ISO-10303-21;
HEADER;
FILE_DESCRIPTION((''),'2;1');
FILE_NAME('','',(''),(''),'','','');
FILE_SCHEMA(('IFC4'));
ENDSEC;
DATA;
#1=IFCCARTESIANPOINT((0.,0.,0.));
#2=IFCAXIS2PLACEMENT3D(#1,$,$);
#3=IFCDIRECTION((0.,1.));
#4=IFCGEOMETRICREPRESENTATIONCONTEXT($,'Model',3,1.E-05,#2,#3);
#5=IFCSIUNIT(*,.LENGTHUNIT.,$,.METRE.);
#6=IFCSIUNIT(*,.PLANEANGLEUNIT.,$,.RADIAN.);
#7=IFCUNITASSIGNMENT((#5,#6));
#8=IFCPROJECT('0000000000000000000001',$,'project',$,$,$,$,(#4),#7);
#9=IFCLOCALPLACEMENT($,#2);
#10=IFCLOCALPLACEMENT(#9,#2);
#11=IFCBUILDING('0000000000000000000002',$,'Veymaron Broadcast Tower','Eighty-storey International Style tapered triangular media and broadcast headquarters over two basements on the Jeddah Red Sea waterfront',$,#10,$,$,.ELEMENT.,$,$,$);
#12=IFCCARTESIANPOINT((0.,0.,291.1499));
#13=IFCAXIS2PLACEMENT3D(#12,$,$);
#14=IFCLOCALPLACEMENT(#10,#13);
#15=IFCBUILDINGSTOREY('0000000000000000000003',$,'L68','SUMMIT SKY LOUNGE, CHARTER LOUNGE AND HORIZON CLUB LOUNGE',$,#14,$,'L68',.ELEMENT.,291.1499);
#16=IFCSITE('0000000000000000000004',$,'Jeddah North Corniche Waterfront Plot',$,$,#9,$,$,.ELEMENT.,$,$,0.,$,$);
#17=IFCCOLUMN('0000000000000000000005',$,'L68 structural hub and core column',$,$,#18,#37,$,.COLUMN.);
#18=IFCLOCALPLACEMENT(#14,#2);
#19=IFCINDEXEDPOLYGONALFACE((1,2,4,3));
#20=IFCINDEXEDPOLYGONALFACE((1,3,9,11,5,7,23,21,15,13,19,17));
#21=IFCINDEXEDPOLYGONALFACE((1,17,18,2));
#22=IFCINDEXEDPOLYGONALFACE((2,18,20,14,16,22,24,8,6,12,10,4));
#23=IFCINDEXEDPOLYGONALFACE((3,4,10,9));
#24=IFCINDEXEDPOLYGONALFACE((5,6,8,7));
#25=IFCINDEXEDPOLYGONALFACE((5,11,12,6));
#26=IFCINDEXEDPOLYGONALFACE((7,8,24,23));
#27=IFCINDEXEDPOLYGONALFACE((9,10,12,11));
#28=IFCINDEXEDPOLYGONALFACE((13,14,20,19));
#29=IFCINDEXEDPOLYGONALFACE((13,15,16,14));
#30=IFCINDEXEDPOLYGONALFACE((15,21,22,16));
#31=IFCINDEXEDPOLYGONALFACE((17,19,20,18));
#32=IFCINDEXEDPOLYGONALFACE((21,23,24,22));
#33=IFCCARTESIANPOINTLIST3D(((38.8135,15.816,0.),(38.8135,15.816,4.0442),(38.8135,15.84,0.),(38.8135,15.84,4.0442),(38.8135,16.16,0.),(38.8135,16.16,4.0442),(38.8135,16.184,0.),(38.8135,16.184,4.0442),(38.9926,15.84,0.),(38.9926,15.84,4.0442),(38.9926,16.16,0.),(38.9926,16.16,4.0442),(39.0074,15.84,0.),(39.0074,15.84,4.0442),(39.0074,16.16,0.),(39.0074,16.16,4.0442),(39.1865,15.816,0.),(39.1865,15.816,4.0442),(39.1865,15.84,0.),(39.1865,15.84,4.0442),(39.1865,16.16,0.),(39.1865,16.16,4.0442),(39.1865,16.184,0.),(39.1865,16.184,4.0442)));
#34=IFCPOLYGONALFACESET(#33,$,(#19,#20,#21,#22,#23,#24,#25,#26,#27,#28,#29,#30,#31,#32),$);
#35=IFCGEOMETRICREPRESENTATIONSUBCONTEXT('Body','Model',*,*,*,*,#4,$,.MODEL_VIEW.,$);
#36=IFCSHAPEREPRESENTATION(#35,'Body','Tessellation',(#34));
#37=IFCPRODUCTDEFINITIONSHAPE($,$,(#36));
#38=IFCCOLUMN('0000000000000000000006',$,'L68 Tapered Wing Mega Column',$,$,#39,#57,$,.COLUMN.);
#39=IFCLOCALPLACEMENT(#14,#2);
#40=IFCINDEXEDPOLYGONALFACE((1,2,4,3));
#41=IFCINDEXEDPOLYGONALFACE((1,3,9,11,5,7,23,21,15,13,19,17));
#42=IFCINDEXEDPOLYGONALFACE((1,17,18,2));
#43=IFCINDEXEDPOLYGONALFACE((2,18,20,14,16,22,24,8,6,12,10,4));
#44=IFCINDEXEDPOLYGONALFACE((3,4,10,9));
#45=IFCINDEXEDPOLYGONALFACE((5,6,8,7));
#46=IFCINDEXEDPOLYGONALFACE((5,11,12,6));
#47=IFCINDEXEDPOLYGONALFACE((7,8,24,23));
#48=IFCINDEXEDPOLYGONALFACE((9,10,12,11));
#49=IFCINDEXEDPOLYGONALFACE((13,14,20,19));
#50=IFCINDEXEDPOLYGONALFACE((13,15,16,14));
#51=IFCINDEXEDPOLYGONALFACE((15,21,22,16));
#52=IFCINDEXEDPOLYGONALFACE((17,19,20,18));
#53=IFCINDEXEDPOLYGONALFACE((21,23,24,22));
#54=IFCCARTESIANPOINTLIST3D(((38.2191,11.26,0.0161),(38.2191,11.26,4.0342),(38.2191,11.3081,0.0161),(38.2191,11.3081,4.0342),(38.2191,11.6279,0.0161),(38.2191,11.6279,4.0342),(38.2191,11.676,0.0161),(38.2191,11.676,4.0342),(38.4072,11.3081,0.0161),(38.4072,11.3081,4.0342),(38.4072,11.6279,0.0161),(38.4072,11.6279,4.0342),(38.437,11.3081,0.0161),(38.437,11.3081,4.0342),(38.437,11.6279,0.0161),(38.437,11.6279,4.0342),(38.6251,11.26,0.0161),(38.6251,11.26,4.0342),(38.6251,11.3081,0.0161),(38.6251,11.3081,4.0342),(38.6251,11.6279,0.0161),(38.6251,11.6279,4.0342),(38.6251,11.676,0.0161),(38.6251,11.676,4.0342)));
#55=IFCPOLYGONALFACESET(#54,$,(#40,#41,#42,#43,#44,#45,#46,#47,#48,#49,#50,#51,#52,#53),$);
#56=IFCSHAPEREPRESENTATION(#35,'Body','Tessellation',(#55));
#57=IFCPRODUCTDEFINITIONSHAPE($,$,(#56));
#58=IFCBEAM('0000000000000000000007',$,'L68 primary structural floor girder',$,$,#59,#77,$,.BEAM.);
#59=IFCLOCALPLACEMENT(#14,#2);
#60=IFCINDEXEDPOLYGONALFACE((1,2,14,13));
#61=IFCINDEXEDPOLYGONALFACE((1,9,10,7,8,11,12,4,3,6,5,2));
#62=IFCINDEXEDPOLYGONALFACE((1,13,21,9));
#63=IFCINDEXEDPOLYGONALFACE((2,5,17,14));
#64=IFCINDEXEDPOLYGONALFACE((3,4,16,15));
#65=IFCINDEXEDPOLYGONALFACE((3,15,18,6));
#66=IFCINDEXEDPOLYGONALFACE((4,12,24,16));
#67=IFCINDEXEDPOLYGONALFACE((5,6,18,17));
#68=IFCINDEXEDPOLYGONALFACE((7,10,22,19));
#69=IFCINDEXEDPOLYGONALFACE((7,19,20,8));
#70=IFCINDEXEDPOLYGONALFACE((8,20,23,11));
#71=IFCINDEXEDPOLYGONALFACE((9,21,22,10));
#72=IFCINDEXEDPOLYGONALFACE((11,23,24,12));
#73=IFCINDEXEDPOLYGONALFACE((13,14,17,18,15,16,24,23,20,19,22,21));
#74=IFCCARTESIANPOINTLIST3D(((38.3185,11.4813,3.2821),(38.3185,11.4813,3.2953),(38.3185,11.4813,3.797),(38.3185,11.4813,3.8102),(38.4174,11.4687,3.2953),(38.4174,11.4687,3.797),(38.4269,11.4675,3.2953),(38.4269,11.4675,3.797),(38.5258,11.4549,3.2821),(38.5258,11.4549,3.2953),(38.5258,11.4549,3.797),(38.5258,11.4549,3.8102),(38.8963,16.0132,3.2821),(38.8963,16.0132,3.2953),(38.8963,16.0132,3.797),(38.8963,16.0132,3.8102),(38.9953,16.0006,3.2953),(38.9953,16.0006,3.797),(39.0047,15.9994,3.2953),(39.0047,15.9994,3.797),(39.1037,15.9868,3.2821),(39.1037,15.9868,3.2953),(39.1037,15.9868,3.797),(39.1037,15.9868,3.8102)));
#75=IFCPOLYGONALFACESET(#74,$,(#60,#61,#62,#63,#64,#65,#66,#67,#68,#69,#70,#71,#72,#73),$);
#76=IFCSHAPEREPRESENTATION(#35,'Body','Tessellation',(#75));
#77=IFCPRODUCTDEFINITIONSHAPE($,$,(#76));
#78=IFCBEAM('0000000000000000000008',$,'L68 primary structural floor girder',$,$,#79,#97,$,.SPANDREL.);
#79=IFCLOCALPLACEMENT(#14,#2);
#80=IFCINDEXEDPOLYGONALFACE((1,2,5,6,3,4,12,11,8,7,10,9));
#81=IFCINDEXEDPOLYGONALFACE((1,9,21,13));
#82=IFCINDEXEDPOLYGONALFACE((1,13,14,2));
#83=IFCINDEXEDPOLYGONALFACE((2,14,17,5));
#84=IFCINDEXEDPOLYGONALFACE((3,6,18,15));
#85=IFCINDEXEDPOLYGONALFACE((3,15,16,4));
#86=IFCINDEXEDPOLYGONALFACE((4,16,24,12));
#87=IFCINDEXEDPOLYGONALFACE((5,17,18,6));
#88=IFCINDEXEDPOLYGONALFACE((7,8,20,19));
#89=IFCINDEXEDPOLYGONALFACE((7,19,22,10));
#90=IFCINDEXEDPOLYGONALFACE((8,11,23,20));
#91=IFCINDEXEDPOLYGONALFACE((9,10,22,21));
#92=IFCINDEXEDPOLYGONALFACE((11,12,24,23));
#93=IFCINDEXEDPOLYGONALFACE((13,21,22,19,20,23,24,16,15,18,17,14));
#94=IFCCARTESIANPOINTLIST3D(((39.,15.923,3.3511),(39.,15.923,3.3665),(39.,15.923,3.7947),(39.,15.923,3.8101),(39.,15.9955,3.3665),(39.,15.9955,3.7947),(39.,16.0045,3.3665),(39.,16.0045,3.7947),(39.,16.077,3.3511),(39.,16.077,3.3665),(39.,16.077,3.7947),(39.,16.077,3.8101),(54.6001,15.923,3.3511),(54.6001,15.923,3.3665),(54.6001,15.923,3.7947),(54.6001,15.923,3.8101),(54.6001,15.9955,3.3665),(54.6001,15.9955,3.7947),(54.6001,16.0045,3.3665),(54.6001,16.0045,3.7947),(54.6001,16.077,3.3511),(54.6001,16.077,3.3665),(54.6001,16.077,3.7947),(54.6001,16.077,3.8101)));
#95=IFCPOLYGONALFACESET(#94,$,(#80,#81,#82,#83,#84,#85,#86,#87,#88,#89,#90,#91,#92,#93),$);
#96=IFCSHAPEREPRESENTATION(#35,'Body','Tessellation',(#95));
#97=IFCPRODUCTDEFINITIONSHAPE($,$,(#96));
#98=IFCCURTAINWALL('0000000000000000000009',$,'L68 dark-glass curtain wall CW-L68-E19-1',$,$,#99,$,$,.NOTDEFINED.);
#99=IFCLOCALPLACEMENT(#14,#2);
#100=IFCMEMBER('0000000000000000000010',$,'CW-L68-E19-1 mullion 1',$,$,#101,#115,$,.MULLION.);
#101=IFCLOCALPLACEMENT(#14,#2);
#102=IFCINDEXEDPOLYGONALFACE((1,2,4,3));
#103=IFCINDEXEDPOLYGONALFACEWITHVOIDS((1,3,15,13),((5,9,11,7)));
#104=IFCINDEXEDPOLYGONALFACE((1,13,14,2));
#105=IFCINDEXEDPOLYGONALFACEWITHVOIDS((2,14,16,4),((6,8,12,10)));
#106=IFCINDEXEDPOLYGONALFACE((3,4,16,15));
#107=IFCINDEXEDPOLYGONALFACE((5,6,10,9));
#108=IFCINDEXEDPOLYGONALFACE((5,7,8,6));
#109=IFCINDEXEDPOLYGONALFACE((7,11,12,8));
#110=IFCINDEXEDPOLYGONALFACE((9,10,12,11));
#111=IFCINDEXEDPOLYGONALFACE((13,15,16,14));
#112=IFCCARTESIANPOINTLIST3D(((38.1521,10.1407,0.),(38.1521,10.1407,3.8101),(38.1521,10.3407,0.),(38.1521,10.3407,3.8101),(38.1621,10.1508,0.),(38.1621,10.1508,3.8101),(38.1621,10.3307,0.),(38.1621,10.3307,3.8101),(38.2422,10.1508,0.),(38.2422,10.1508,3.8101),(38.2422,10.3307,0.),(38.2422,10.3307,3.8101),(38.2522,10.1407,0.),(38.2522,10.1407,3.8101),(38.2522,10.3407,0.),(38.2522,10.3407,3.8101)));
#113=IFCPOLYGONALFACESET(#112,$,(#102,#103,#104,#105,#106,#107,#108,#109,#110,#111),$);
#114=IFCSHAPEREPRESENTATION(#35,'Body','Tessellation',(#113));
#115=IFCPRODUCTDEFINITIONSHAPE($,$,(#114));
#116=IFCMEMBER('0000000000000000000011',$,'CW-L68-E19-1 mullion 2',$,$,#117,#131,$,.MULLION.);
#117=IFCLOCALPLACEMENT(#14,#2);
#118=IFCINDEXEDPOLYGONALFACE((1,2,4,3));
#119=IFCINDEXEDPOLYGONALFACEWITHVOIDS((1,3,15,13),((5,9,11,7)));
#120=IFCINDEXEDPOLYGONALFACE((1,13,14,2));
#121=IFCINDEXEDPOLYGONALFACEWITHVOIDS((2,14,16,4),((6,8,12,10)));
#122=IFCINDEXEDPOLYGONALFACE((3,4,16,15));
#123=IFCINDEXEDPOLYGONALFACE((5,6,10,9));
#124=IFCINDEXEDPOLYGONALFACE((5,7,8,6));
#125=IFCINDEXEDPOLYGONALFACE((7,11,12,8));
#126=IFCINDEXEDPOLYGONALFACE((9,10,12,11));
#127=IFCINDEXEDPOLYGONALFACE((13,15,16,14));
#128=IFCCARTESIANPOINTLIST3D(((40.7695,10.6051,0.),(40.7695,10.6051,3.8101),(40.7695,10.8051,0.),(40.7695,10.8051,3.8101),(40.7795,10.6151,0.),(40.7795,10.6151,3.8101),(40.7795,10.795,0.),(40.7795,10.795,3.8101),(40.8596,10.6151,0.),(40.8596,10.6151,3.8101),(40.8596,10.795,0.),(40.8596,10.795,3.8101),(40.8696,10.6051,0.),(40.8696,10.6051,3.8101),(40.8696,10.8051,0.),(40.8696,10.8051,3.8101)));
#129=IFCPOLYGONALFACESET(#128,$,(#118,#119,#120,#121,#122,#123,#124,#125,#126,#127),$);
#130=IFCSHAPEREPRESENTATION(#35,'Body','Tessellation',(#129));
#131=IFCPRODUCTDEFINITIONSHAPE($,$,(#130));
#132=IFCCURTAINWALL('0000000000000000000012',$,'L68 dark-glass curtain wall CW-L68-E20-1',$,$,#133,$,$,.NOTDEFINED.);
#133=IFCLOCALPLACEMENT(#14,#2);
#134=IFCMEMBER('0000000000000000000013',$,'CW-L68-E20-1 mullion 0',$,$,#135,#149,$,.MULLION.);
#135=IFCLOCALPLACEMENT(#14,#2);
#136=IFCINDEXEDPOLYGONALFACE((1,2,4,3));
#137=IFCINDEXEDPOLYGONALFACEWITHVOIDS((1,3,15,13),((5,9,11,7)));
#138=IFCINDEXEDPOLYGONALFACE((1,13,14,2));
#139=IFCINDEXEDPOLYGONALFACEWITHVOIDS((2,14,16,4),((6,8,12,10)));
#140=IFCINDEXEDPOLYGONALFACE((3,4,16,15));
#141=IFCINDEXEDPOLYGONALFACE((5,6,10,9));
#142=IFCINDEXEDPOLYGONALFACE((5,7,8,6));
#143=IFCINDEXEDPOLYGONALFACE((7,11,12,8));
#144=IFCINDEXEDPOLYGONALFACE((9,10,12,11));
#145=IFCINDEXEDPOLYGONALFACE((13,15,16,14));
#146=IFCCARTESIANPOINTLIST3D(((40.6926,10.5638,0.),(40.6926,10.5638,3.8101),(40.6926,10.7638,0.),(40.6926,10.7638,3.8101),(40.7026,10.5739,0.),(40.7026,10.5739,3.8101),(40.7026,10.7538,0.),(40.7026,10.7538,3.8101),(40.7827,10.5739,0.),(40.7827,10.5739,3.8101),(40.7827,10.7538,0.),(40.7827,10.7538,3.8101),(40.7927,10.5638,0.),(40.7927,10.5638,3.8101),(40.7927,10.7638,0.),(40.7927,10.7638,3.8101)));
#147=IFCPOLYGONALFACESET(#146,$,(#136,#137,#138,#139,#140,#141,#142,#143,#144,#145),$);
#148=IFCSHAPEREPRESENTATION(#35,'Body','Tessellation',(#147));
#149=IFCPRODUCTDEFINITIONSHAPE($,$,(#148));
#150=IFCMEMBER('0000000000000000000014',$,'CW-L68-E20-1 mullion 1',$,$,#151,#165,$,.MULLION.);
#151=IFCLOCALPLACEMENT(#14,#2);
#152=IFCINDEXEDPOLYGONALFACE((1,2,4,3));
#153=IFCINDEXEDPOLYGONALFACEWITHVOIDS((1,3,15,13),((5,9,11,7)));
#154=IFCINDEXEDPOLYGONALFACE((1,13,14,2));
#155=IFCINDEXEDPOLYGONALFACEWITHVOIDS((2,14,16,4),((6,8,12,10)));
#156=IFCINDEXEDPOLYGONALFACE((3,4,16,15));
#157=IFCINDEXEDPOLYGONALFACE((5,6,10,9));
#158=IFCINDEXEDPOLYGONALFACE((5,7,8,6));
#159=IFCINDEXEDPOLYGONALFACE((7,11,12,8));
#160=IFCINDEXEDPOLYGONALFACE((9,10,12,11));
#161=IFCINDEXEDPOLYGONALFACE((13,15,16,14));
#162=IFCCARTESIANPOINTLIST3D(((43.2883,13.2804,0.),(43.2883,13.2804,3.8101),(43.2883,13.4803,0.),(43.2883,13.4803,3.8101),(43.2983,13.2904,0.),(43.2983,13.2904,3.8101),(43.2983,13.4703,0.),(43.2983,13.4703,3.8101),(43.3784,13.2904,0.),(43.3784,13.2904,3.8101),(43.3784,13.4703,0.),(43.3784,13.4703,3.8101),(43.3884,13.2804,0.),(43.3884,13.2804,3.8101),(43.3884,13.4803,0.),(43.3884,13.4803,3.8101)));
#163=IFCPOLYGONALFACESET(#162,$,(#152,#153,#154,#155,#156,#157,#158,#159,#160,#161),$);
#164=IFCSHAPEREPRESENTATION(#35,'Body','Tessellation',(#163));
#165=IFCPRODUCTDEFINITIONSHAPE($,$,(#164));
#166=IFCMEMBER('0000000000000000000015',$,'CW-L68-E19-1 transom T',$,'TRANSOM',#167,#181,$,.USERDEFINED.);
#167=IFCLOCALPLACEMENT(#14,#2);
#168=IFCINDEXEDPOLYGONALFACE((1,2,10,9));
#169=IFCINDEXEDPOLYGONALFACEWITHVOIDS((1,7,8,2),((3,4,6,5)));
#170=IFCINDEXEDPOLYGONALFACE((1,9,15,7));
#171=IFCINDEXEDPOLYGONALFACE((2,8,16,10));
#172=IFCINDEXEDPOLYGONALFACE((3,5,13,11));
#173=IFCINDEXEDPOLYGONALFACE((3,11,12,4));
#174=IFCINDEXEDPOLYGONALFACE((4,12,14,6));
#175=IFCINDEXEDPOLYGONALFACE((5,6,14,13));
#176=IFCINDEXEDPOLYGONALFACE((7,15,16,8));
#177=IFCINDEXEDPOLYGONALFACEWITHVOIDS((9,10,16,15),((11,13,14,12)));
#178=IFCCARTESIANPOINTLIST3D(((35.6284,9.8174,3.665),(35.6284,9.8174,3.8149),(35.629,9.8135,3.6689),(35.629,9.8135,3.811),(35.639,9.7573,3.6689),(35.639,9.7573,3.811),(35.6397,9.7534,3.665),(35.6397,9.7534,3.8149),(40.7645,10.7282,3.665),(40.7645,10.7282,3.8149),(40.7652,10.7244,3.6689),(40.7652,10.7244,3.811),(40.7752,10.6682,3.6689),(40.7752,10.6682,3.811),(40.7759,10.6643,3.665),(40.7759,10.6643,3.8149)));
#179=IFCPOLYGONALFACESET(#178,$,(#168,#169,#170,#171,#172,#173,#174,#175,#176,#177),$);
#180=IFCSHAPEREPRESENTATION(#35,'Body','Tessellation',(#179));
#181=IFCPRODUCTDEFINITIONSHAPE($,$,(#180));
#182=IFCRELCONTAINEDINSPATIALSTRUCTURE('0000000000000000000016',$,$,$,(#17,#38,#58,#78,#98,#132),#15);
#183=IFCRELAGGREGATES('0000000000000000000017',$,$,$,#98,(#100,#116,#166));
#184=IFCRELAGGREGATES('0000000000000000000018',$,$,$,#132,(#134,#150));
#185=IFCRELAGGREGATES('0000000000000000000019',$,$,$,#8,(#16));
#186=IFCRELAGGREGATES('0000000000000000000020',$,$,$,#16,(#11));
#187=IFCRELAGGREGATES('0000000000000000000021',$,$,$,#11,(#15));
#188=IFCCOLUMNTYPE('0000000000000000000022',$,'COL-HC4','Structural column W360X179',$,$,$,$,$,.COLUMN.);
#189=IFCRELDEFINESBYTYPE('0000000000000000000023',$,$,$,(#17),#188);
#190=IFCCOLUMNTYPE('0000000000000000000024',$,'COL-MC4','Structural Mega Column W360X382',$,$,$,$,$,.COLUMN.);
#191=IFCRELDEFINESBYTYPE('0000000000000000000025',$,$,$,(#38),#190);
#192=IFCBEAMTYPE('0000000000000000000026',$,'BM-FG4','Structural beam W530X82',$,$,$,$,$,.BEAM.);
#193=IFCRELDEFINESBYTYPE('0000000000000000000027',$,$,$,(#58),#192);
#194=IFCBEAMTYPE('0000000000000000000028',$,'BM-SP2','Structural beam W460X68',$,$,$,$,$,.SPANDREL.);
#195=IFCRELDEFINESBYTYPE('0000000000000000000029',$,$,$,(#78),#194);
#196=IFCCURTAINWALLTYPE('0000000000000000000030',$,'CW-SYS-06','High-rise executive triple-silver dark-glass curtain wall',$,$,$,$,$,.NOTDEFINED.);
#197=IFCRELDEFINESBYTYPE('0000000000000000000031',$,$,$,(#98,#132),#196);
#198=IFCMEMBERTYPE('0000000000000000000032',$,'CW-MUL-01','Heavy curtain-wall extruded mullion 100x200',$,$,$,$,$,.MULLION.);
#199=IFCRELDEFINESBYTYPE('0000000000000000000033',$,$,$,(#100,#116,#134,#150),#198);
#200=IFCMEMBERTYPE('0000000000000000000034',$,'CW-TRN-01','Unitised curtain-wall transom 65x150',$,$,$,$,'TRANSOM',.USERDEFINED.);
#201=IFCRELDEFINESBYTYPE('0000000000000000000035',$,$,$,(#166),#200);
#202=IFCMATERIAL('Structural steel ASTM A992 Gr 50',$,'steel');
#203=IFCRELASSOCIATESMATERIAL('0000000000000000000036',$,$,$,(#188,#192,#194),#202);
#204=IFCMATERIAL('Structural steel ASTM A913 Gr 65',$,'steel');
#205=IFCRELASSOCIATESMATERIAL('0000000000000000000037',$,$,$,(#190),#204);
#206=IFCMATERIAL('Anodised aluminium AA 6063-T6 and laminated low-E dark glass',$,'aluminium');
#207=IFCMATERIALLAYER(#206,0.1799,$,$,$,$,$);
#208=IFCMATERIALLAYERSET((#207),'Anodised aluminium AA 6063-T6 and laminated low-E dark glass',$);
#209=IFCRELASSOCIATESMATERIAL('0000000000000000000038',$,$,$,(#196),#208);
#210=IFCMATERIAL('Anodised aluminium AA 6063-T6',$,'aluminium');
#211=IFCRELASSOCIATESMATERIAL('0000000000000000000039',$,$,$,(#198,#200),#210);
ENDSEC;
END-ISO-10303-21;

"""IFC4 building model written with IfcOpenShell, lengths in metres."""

from ifc_helpers import new_model, si_unit, direction, frame, origin, origin_2d, place, context, subcontext, project, spatial, hollow_rectangle, i_section, extrude, material, layer, layer_set, material_profile, profile_set, type_object, element, aggregate, save


model = new_model("IFC4")

# Units and contexts
model_context = context("Model", 3, precision=1e-05, world=origin(), true_north=direction((0.0, 1.0)))
body_context = subcontext(model_context, "Body", "Model", "MODEL_VIEW")
ifc_project = project(units=[si_unit("LENGTHUNIT", "METRE"), si_unit("PLANEANGLEUNIT", "RADIAN")], contexts=[model_context])

# Site, building, storey
site_placement = place(None, origin())
site = spatial("IfcSite", under=ifc_project, at=site_placement, Name="Jeddah North Corniche Waterfront Plot", CompositionType="ELEMENT", RefElevation=0.0)
building_placement = place(site_placement, origin())
building = spatial("IfcBuilding", under=site, at=building_placement, Name="Veymaron Broadcast Tower", Description="Eighty-storey International Style tapered triangular media and broadcast headquarters over two basements on the Jeddah Red Sea waterfront", CompositionType="ELEMENT")
storey_placement = place(building_placement, frame((0.0, 0.0, 291.1499)))
storey = spatial("IfcBuildingStorey", under=building, at=storey_placement, Name="L68", Description="SUMMIT SKY LOUNGE, CHARTER LOUNGE AND HORIZON CLUB LOUNGE", LongName="L68", CompositionType="ELEMENT", Elevation=291.1499)

# Columns
ifc_material_1 = material(Name="Structural steel ASTM A992 Gr 50", Category="steel")
ifc_material_profile_1 = material_profile(ifc_material_1, i_section(OverallWidth=0.373, OverallDepth=0.3679, WebThickness=0.0149, FlangeThickness=0.0239, at=origin_2d()), Name="W360X179")
ifc_profile_set_1 = profile_set([ifc_material_profile_1], Name="Structural steel ASTM A992 Gr 50")
column_type_1 = type_object("IfcColumnType", Name="COL-HC4", Description="Structural column W360X179", PredefinedType="COLUMN", material=ifc_profile_set_1)
column_1_placement = place(storey_placement, frame((39.0, 16.0, 0.0), z_axis=(0.0, 0.0, 1.0), x_axis=(1.0, 0.0, 0.0)))
element("IfcColumn", 1, at=column_1_placement, inside=storey, type_object=column_type_1, Name="L68 structural hub and core column", PredefinedType="COLUMN", context=body_context, shape_type="SweptSolid", body=[
    extrude(i_section(OverallWidth=0.373, OverallDepth=0.3679, WebThickness=0.0149, FlangeThickness=0.0239, at=origin_2d()), origin(), (0.0, 0.0, 1.0), 4.0442),
])
ifc_material_2 = material(Name="Structural steel ASTM A913 Gr 65", Category="steel")
ifc_material_profile_2 = material_profile(ifc_material_2, i_section(OverallWidth=0.406, OverallDepth=0.416, WebThickness=0.0298, FlangeThickness=0.0481, at=origin_2d()), Name="W360X382")
ifc_profile_set_2 = profile_set([ifc_material_profile_2], Name="Structural steel ASTM A913 Gr 65")
column_type_2 = type_object("IfcColumnType", Name="COL-MC4", Description="Structural Mega Column W360X382", PredefinedType="COLUMN", material=ifc_profile_set_2)
column_2_placement = place(storey_placement, frame((38.4221, 11.468, 0.0161), z_axis=(0.0, 0.0, 1.0), x_axis=(1.0, 0.0, 0.0)))
element("IfcColumn", 2, at=column_2_placement, inside=storey, type_object=column_type_2, Name="L68 Tapered Wing Mega Column", PredefinedType="COLUMN", context=body_context, shape_type="SweptSolid", body=[
    extrude(i_section(OverallWidth=0.406, OverallDepth=0.416, WebThickness=0.0298, FlangeThickness=0.0481, at=origin_2d()), origin(), (0.0, 0.0, 1.0), 4.0181),
])

# Beams
ifc_material_profile_3 = material_profile(ifc_material_1, i_section(OverallWidth=0.209, OverallDepth=0.5281, WebThickness=0.0095, FlangeThickness=0.0132, at=origin_2d()), Name="W530X82")
ifc_profile_set_3 = profile_set([ifc_material_profile_3], Name="Structural steel ASTM A992 Gr 50")
beam_type_1 = type_object("IfcBeamType", Name="BM-FG4", Description="Structural beam W530X82", PredefinedType="BEAM", material=ifc_profile_set_3)
beam_1_placement = place(storey_placement, frame((39.0, 16.0, 3.5461), z_axis=(-0.126488, -0.991968, 0.0), x_axis=(0.991968, -0.126488, 0.0)))
element("IfcBeam", 3, at=beam_1_placement, inside=storey, type_object=beam_type_1, Name="L68 primary structural floor girder", PredefinedType="BEAM", context=body_context, shape_type="SweptSolid", body=[
    extrude(i_section(OverallWidth=0.209, OverallDepth=0.5281, WebThickness=0.0095, FlangeThickness=0.0132, at=origin_2d()), origin(), (0.0, 0.0, 1.0), 4.5686),
])
ifc_material_profile_4 = material_profile(ifc_material_1, i_section(OverallWidth=0.1541, OverallDepth=0.459, WebThickness=0.009, FlangeThickness=0.0154, at=origin_2d()), Name="W460X68")
ifc_profile_set_4 = profile_set([ifc_material_profile_4], Name="Structural steel ASTM A992 Gr 50")
beam_type_2 = type_object("IfcBeamType", Name="BM-SP2", Description="Structural beam W460X68", PredefinedType="SPANDREL", material=ifc_profile_set_4)
beam_2_placement = place(storey_placement, frame((39.0, 16.0, 3.5806), z_axis=(1.0, 0.0, 0.0), x_axis=(0.0, 1.0, 0.0)))
element("IfcBeam", 4, at=beam_2_placement, inside=storey, type_object=beam_type_2, Name="L68 primary structural floor girder", PredefinedType="SPANDREL", context=body_context, shape_type="SweptSolid", body=[
    extrude(i_section(OverallWidth=0.1541, OverallDepth=0.459, WebThickness=0.009, FlangeThickness=0.0154, at=origin_2d()), origin(), (0.0, 0.0, 1.0), 15.6001),
])

# Curtain walls, members
ifc_material_3 = material(Name="Anodised aluminium AA 6063-T6 and laminated low-E dark glass", Category="aluminium")
ifc_layer_1 = layer(ifc_material_3, 0.1799)
ifc_layer_set_1 = layer_set([ifc_layer_1], Name="Anodised aluminium AA 6063-T6 and laminated low-E dark glass")
curtain_wall_type = type_object("IfcCurtainWallType", Name="CW-SYS-06", Description="High-rise executive triple-silver dark-glass curtain wall", PredefinedType="NOTDEFINED", material=ifc_layer_set_1)
curtain_wall_1_placement = place(storey_placement, origin())
curtain_wall_1 = element("IfcCurtainWall", 5, at=curtain_wall_1_placement, inside=storey, type_object=curtain_wall_type, Name="L68 dark-glass curtain wall CW-L68-E19-1", PredefinedType="NOTDEFINED")
ifc_material_4 = material(Name="Anodised aluminium AA 6063-T6", Category="aluminium")
ifc_material_profile_5 = material_profile(ifc_material_4, hollow_rectangle(XDim=0.1001, YDim=0.2, WallThickness=0.01, at=origin_2d()), Name="RHS200X100X10")
ifc_profile_set_5 = profile_set([ifc_material_profile_5], Name="Anodised aluminium AA 6063-T6")
member_type_1 = type_object("IfcMemberType", Name="CW-MUL-01", Description="Heavy curtain-wall extruded mullion 100x200", PredefinedType="MULLION", material=ifc_profile_set_5)
member_1_placement = place(storey_placement, frame((38.2021, 10.2407, 0.0), z_axis=(0.0, 0.0, 1.0), x_axis=(1.0, 0.0, 0.0)))
member_1 = element("IfcMember", 6, at=member_1_placement, type_object=member_type_1, Name="CW-L68-E19-1 mullion 1", PredefinedType="MULLION", context=body_context, shape_type="SweptSolid", body=[
    extrude(hollow_rectangle(XDim=0.1001, YDim=0.2, WallThickness=0.01, at=origin_2d()), origin(), (0.0, 0.0, 1.0), 3.8101),
])
member_2_placement = place(storey_placement, frame((40.8196, 10.7051, 0.0), z_axis=(0.0, 0.0, 1.0), x_axis=(1.0, 0.0, 0.0)))
member_2 = element("IfcMember", 7, at=member_2_placement, type_object=member_type_1, Name="CW-L68-E19-1 mullion 2", PredefinedType="MULLION", context=body_context, shape_type="SweptSolid", body=[
    extrude(hollow_rectangle(XDim=0.1001, YDim=0.2, WallThickness=0.01, at=origin_2d()), origin(), (0.0, 0.0, 1.0), 3.8101),
])
curtain_wall_2_placement = place(storey_placement, origin())
curtain_wall_2 = element("IfcCurtainWall", 8, at=curtain_wall_2_placement, inside=storey, type_object=curtain_wall_type, Name="L68 dark-glass curtain wall CW-L68-E20-1", PredefinedType="NOTDEFINED")
member_3_placement = place(storey_placement, frame((40.7427, 10.6638, 0.0), z_axis=(0.0, 0.0, 1.0), x_axis=(1.0, 0.0, 0.0)))
member_3 = element("IfcMember", 9, at=member_3_placement, type_object=member_type_1, Name="CW-L68-E20-1 mullion 0", PredefinedType="MULLION", context=body_context, shape_type="SweptSolid", body=[
    extrude(hollow_rectangle(XDim=0.1001, YDim=0.2, WallThickness=0.01, at=origin_2d()), origin(), (0.0, 0.0, 1.0), 3.8101),
])
member_4_placement = place(storey_placement, frame((43.3384, 13.3804, 0.0), z_axis=(0.0, 0.0, 1.0), x_axis=(1.0, 0.0, 0.0)))
member_4 = element("IfcMember", 10, at=member_4_placement, type_object=member_type_1, Name="CW-L68-E20-1 mullion 1", PredefinedType="MULLION", context=body_context, shape_type="SweptSolid", body=[
    extrude(hollow_rectangle(XDim=0.1001, YDim=0.2, WallThickness=0.01, at=origin_2d()), origin(), (0.0, 0.0, 1.0), 3.8101),
])

# Member
ifc_material_profile_6 = material_profile(ifc_material_4, hollow_rectangle(XDim=0.0649, YDim=0.1499, WallThickness=0.0039, at=origin_2d()), Name="AL150X65X4")
ifc_profile_set_6 = profile_set([ifc_material_profile_6], Name="Anodised aluminium AA 6063-T6")
member_type_2 = type_object("IfcMemberType", Name="CW-TRN-01", Description="Unitised curtain-wall transom 65x150", ElementType="TRANSOM", PredefinedType="USERDEFINED", material=ifc_profile_set_6)
member_5_placement = place(storey_placement, frame((35.634, 9.7854, 3.74), z_axis=(0.984636, 0.174621, 0.0), x_axis=(-0.174621, 0.984636, 0.0)))
member_5 = element("IfcMember", 11, at=member_5_placement, type_object=member_type_2, Name="CW-L68-E19-1 transom T", ObjectType="TRANSOM", PredefinedType="USERDEFINED", context=body_context, shape_type="SweptSolid", body=[
    extrude(hollow_rectangle(XDim=0.0649, YDim=0.1499, WallThickness=0.0039, at=origin_2d()), origin(), (0.0, 0.0, 1.0), 5.2163),
])

aggregate(curtain_wall_1, [member_1, member_2, member_5])
aggregate(curtain_wall_2, [member_3, member_4])

save(model, "model.ifc")
